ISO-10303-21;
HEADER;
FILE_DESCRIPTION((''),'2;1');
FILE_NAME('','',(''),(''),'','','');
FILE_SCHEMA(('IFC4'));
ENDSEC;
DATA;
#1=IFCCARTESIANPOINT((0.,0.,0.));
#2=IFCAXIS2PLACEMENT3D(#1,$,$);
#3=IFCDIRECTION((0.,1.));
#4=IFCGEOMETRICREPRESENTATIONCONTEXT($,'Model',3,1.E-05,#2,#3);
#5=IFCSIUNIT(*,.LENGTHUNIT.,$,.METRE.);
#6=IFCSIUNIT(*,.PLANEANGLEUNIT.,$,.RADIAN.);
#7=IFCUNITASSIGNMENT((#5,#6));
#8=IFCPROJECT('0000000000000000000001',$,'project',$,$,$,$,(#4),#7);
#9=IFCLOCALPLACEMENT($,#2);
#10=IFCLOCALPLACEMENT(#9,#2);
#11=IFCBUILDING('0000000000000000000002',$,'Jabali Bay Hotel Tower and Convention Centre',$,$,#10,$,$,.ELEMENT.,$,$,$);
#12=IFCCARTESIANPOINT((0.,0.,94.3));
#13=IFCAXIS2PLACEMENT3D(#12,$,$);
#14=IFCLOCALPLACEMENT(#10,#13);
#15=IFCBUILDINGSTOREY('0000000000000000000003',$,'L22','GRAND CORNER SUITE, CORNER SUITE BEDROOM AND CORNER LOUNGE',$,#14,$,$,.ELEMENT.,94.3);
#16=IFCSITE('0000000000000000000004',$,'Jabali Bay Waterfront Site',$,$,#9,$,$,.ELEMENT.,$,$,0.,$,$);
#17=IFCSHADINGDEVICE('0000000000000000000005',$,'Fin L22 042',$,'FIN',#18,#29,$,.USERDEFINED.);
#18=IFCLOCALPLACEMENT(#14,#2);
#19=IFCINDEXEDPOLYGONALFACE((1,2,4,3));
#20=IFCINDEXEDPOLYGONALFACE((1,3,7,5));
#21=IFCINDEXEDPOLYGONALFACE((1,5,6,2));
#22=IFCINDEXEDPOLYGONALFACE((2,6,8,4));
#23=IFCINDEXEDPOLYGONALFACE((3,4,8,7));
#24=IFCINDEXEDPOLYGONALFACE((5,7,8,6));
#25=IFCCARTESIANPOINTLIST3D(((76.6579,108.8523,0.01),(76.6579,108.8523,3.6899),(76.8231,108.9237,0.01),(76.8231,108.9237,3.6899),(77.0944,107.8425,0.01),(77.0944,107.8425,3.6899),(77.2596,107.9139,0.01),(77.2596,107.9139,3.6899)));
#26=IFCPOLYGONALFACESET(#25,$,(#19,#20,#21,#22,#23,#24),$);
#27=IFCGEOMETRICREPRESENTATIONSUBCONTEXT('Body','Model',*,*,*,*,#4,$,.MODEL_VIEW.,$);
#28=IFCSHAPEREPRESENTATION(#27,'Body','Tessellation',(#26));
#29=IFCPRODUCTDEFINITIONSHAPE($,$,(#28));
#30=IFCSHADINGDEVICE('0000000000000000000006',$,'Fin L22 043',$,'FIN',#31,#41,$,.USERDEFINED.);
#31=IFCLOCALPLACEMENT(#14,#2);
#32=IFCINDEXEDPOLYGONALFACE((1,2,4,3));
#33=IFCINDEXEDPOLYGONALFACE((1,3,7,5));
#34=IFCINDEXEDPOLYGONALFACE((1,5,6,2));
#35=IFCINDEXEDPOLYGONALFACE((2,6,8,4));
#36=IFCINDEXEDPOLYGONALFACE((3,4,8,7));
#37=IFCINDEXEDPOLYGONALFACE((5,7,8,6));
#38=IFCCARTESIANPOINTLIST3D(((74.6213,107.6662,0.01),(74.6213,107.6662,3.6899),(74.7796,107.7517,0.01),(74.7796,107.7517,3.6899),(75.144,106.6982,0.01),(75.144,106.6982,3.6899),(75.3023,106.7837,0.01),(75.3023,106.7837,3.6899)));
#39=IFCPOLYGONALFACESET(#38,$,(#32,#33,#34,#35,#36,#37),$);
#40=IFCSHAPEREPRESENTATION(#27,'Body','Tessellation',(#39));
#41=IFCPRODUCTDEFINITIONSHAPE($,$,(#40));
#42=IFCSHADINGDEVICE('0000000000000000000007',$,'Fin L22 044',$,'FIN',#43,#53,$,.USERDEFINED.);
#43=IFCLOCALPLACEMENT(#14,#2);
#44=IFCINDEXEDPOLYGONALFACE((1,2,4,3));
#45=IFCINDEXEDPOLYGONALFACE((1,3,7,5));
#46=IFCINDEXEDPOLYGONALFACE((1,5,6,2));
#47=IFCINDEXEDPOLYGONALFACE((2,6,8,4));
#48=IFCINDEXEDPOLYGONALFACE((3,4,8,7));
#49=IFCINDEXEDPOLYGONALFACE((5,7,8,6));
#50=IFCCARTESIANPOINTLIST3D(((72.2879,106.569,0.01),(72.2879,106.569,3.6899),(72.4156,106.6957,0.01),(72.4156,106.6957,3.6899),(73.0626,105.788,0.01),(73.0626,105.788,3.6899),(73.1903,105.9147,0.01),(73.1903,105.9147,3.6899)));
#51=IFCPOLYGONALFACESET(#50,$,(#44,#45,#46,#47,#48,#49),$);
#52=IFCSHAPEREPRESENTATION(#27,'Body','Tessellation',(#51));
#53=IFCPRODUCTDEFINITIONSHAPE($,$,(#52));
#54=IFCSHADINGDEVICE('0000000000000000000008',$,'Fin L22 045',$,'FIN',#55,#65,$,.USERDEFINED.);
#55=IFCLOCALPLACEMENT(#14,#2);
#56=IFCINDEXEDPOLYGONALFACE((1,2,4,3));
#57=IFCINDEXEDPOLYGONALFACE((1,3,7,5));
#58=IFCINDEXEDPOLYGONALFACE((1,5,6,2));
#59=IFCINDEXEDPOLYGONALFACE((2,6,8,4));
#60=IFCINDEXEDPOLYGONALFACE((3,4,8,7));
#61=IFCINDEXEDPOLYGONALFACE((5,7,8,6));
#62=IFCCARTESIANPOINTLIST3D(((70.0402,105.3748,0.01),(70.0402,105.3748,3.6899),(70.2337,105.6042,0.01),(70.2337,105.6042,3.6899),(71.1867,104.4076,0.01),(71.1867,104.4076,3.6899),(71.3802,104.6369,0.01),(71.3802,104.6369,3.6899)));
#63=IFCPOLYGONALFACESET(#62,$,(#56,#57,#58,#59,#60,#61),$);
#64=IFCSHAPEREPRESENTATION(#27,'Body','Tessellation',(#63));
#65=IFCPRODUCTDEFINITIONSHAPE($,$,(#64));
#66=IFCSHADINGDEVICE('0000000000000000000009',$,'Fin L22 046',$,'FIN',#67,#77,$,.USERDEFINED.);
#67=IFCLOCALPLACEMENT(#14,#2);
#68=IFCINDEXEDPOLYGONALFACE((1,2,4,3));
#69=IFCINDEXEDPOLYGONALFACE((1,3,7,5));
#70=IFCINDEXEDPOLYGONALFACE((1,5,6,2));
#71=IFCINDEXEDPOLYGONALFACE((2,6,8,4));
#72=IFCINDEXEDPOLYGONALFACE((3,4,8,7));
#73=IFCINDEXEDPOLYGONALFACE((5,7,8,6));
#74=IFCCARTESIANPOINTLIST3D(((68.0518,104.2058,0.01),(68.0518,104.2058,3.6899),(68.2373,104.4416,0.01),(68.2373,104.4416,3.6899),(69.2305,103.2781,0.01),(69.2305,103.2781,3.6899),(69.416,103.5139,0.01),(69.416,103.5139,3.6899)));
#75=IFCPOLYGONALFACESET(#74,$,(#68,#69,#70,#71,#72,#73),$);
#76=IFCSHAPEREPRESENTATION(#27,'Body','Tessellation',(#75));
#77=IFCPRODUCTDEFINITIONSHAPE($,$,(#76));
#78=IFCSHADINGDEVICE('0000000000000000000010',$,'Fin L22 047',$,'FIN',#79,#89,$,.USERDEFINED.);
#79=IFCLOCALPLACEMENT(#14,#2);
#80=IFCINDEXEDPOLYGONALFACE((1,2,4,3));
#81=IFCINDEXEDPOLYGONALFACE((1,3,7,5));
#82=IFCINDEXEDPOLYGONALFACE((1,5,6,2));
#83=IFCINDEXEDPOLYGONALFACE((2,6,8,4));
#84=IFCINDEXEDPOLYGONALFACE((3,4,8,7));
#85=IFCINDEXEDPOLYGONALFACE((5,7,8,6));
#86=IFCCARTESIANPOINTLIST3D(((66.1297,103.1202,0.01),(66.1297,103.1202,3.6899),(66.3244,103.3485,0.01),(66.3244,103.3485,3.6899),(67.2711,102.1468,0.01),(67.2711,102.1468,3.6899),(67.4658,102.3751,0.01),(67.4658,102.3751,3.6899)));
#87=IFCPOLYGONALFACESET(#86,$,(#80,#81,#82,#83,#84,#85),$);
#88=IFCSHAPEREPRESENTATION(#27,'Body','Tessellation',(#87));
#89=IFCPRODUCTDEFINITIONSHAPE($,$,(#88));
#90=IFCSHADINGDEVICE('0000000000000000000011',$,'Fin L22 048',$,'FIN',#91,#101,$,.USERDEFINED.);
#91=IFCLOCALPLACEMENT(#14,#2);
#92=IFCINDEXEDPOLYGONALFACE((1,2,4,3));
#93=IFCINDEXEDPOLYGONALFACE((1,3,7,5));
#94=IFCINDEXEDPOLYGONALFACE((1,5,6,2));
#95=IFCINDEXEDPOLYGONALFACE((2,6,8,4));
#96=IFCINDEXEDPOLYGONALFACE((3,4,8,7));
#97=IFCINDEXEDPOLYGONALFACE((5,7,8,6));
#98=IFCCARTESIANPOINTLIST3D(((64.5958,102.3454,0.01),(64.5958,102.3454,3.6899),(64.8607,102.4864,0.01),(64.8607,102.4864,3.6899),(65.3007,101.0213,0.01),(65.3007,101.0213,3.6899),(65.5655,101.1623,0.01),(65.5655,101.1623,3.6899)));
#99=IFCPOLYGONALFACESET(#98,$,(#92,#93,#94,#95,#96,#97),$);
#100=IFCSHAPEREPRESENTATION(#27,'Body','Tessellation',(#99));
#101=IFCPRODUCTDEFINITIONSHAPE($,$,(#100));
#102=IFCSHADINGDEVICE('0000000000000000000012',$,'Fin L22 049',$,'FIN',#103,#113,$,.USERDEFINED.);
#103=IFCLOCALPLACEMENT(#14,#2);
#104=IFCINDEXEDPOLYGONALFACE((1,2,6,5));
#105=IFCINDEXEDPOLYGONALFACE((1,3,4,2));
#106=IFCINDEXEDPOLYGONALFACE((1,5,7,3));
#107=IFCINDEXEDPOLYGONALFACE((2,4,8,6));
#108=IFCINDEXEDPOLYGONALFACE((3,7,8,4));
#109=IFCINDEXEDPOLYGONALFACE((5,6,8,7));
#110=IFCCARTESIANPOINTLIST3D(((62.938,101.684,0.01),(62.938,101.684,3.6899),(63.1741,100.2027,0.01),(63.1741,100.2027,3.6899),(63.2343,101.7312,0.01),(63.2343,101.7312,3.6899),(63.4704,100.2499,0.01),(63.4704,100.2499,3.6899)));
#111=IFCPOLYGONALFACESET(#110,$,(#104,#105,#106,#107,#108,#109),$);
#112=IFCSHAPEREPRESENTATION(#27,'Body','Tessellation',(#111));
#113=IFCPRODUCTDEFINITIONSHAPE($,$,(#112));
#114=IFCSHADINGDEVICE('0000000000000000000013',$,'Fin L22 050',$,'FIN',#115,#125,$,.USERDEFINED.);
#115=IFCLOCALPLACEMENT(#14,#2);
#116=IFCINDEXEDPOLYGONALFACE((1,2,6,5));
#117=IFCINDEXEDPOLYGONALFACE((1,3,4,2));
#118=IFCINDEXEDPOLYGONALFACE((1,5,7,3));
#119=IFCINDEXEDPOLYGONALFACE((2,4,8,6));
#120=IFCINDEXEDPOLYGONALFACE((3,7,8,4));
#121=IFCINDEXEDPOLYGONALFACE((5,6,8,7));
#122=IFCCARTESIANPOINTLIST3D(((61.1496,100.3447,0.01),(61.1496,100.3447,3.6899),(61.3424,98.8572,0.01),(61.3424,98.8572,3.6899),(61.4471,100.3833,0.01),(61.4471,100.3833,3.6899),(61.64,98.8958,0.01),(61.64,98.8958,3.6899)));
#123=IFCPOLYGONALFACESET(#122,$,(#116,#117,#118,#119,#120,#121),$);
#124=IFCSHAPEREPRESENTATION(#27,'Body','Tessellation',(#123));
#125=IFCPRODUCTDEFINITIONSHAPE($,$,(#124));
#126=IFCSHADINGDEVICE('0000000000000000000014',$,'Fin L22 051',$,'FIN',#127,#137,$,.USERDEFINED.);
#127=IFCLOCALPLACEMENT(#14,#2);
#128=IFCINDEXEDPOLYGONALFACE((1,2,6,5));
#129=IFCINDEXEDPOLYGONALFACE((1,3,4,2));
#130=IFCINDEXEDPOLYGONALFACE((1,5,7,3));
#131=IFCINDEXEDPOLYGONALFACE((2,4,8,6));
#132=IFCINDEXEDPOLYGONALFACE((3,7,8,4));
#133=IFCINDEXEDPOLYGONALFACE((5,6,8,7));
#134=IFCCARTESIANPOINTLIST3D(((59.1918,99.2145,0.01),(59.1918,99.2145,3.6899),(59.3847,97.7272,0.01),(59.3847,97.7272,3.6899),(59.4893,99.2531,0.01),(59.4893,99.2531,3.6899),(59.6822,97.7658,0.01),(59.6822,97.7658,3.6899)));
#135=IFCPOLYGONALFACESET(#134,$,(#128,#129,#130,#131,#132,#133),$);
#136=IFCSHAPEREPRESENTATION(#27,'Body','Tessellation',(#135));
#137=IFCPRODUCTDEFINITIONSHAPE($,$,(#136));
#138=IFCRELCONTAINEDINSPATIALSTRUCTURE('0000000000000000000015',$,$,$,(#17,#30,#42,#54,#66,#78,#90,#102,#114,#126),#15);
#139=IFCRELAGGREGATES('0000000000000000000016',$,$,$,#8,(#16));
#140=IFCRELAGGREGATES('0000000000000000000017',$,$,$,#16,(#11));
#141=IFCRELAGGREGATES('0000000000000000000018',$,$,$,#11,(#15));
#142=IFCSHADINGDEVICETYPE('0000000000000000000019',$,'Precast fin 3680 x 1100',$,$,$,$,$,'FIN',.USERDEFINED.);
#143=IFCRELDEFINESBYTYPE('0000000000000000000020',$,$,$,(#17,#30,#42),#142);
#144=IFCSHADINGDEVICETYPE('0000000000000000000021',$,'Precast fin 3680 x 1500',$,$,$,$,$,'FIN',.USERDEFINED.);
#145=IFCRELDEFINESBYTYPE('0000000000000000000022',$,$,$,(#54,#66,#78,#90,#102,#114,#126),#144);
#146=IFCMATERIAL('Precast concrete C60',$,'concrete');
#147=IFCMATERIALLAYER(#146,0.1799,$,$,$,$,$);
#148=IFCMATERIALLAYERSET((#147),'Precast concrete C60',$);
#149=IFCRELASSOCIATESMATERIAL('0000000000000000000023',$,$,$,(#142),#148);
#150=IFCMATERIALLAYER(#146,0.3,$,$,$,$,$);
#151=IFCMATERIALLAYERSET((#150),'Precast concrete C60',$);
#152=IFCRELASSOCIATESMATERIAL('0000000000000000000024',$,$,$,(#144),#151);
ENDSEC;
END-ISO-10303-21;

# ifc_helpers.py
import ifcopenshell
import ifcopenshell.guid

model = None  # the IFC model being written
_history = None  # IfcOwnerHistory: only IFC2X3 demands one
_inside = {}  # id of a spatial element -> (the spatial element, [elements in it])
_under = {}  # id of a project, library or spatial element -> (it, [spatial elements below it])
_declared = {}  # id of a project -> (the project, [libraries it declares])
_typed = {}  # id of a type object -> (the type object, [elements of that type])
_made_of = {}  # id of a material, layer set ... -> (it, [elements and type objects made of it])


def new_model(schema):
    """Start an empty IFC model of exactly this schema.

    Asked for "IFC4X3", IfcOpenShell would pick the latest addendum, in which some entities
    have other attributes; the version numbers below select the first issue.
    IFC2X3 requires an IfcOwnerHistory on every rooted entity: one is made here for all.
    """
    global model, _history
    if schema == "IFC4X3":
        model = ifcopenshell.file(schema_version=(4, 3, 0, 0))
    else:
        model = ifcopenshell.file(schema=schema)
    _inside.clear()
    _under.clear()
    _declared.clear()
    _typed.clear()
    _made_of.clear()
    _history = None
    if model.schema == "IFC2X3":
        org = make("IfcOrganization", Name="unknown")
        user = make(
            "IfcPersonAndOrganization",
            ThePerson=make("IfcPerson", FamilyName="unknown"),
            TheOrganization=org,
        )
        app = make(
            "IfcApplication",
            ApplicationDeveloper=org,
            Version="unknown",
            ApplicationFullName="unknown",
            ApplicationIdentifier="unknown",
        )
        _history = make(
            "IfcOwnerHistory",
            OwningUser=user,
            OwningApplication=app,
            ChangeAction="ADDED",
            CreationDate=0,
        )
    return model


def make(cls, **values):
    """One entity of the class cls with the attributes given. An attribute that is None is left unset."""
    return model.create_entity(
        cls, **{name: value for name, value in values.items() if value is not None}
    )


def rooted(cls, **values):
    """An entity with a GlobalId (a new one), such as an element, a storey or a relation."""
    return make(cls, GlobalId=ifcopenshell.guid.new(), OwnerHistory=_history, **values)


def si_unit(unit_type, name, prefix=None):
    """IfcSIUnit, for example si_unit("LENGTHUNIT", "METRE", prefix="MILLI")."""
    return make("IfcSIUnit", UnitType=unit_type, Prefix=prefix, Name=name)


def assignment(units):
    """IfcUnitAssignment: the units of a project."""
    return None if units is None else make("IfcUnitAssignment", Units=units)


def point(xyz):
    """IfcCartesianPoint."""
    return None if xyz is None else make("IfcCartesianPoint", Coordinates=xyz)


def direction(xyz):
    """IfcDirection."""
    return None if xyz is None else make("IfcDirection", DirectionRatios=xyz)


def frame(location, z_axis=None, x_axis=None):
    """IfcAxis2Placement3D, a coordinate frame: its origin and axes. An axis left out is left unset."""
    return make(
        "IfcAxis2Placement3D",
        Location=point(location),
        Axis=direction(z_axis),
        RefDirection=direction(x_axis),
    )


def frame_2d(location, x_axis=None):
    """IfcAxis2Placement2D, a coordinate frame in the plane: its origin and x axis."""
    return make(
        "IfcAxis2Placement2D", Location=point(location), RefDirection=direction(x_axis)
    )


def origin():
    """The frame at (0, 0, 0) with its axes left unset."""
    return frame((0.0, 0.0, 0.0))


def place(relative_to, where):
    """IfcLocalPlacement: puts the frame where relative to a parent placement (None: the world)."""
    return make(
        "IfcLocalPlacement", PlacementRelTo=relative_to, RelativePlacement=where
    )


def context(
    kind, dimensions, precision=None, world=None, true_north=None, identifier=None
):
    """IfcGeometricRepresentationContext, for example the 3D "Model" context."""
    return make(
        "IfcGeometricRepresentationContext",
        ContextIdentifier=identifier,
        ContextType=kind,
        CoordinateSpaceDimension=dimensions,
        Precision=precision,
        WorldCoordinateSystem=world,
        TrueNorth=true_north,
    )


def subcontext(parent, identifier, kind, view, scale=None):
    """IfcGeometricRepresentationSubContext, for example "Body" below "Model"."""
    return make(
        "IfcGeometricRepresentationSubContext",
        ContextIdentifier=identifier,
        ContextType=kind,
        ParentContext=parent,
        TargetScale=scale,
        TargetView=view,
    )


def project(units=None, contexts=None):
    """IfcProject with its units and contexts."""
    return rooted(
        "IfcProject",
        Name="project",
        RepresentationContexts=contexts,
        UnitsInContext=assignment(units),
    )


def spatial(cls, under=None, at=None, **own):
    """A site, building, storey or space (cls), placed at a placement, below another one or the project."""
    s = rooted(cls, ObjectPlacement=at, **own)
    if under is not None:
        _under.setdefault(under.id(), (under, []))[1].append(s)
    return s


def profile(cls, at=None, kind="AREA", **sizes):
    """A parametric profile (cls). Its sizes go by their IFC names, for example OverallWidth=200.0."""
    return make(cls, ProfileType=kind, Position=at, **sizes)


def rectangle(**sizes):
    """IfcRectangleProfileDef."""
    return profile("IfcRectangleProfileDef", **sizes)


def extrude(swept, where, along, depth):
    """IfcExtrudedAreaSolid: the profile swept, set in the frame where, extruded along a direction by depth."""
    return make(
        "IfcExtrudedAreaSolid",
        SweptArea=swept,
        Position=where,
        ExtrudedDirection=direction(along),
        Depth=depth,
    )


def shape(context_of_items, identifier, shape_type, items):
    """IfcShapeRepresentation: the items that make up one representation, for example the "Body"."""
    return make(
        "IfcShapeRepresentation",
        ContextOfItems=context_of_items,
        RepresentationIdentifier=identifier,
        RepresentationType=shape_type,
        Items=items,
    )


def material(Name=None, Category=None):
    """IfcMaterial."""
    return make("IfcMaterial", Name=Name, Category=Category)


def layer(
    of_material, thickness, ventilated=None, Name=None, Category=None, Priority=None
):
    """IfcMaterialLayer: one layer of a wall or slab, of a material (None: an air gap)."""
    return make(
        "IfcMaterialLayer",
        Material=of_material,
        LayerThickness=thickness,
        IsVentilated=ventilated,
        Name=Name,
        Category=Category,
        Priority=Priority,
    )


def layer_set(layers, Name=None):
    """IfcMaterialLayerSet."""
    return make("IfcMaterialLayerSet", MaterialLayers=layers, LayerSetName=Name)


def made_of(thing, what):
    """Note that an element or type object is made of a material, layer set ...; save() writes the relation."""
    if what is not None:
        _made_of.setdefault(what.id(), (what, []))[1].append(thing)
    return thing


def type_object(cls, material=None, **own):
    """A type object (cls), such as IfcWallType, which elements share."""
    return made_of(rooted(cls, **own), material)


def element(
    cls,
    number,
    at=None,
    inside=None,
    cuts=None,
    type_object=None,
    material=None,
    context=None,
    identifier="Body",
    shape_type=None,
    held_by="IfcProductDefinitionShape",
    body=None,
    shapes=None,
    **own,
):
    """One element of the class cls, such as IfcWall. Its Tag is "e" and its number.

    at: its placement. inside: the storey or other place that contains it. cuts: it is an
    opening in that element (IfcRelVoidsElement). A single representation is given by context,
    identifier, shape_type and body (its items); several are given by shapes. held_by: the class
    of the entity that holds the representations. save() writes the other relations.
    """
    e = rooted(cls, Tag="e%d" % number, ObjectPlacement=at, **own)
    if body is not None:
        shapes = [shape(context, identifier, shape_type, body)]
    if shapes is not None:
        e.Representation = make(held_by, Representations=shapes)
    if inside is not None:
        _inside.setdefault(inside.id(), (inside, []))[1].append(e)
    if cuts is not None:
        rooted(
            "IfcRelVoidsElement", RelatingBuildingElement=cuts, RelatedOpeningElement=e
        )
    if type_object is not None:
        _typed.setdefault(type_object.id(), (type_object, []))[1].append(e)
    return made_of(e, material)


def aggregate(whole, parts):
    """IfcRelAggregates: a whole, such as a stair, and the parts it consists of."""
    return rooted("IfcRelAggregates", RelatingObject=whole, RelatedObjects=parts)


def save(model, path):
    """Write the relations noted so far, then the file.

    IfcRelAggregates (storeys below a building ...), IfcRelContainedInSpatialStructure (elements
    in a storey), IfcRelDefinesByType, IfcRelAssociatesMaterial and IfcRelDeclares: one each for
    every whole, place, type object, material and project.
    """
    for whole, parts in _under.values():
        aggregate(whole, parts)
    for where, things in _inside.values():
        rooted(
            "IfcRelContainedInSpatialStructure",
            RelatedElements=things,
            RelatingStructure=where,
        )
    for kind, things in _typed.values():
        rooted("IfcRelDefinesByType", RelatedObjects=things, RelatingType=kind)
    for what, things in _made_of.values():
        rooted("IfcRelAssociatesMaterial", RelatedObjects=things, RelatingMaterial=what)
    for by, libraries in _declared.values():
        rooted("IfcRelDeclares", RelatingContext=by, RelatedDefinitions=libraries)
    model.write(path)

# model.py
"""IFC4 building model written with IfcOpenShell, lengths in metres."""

from ifc_helpers import new_model, si_unit, direction, frame, frame_2d, origin, place, context, subcontext, project, spatial, rectangle, extrude, material, layer, layer_set, type_object, element, save


model = new_model("IFC4")

# Units and contexts
model_context = context("Model", 3, precision=1e-05, world=origin(), true_north=direction((0.0, 1.0)))
body_context = subcontext(model_context, "Body", "Model", "MODEL_VIEW")
ifc_project = project(units=[si_unit("LENGTHUNIT", "METRE"), si_unit("PLANEANGLEUNIT", "RADIAN")], contexts=[model_context])

# Site, building, storey
site_placement = place(None, origin())
site = spatial("IfcSite", under=ifc_project, at=site_placement, Name="Jabali Bay Waterfront Site", CompositionType="ELEMENT", RefElevation=0.0)
building_placement = place(site_placement, origin())
building = spatial("IfcBuilding", under=site, at=building_placement, Name="Jabali Bay Hotel Tower and Convention Centre", CompositionType="ELEMENT")
storey_placement = place(building_placement, frame((0.0, 0.0, 94.3)))
storey = spatial("IfcBuildingStorey", under=building, at=storey_placement, Name="L22", Description="GRAND CORNER SUITE, CORNER SUITE BEDROOM AND CORNER LOUNGE", CompositionType="ELEMENT", Elevation=94.3)

# Shading devices
ifc_material_1 = material(Name="Precast concrete C60", Category="concrete")
ifc_layer_1 = layer(ifc_material_1, 0.1799)
ifc_layer_set_1 = layer_set([ifc_layer_1], Name="Precast concrete C60")
shading_device_type_1 = type_object("IfcShadingDeviceType", Name="Precast fin 3680 x 1100", ElementType="FIN", PredefinedType="USERDEFINED", material=ifc_layer_set_1)
for number, where, z_axis, x_axis, name in (
    (1, (77.177, 107.8782, 0.01), (0.0, 0.0, 1.0), (-0.39681, 0.917901, 0.0), "Fin L22 042"),
    (2, (75.2231, 106.741, 0.01), (0.0, 0.0, 1.0), (-0.475132, 0.879915, 0.0), "Fin L22 043"),
    (3, (73.1265, 105.8513, 0.01), (0.0, 0.0, 1.0), (-0.704216, 0.709986, 0.0), "Fin L22 044"),
):
    element("IfcShadingDevice", number, at=place(storey_placement, frame(where, z_axis=z_axis, x_axis=x_axis)), inside=storey, type_object=shading_device_type_1, Name=name, ObjectType="FIN", PredefinedType="USERDEFINED", context=body_context, shape_type="SweptSolid", body=[
        extrude(rectangle(XDim=1.1001, YDim=0.1799, at=frame_2d((0.55, 0.0))), origin(), (0.0, 0.0, 1.0), 3.6799),
    ])
ifc_layer_2 = layer(ifc_material_1, 0.3)
ifc_layer_set_2 = layer_set([ifc_layer_2], Name="Precast concrete C60")
shading_device_type_2 = type_object("IfcShadingDeviceType", Name="Precast fin 3680 x 1500", ElementType="FIN", PredefinedType="USERDEFINED", material=ifc_layer_set_2)
for number, where, z_axis, x_axis, name in (
    (4, (71.2834, 104.5222, 0.01), (0.0, 0.0, 1.0), (-0.764312, 0.644847, 0.0), "Fin L22 045"),
    (5, (69.3232, 103.396, 0.01), (0.0, 0.0, 1.0), (-0.785798, 0.618483, 0.0), "Fin L22 046"),
    (6, (67.3684, 102.261, 0.01), (0.0, 0.0, 1.0), (-0.760874, 0.648899, 0.0), "Fin L22 047"),
    (7, (65.4331, 101.0918, 0.01), (0.0, 0.0, 1.0), (-0.469921, 0.882709, 0.0), "Fin L22 048"),
    (8, (63.3223, 100.2263, 0.01), (0.0, 0.0, 1.0), (-0.1574, 0.987535, 0.0), "Fin L22 049"),
    (9, (61.4912, 98.8765, 0.01), (0.0, 0.0, 1.0), (-0.128581, 0.991699, 0.0), "Fin L22 050"),
):
    element("IfcShadingDevice", number, at=place(storey_placement, frame(where, z_axis=z_axis, x_axis=x_axis)), inside=storey, type_object=shading_device_type_2, Name=name, ObjectType="FIN", PredefinedType="USERDEFINED", context=body_context, shape_type="SweptSolid", body=[
        extrude(rectangle(XDim=1.5, YDim=0.3, at=frame_2d((0.75, 0.0))), origin(), (0.0, 0.0, 1.0), 3.6799),
    ])
shading_device_placement = place(storey_placement, frame((59.5334, 97.7463, 0.01), z_axis=(0.0, 0.0, 1.0), x_axis=(-0.128601, 0.991696, 0.0)))
element("IfcShadingDevice", 10, at=shading_device_placement, inside=storey, type_object=shading_device_type_2, Name="Fin L22 051", ObjectType="FIN", PredefinedType="USERDEFINED", context=body_context, shape_type="SweptSolid", body=[
    extrude(rectangle(XDim=1.4998, YDim=0.3, at=frame_2d((0.75, 0.0))), origin(), (0.0, 0.0, 1.0), 3.6799),
])

save(model, "model.ifc")
